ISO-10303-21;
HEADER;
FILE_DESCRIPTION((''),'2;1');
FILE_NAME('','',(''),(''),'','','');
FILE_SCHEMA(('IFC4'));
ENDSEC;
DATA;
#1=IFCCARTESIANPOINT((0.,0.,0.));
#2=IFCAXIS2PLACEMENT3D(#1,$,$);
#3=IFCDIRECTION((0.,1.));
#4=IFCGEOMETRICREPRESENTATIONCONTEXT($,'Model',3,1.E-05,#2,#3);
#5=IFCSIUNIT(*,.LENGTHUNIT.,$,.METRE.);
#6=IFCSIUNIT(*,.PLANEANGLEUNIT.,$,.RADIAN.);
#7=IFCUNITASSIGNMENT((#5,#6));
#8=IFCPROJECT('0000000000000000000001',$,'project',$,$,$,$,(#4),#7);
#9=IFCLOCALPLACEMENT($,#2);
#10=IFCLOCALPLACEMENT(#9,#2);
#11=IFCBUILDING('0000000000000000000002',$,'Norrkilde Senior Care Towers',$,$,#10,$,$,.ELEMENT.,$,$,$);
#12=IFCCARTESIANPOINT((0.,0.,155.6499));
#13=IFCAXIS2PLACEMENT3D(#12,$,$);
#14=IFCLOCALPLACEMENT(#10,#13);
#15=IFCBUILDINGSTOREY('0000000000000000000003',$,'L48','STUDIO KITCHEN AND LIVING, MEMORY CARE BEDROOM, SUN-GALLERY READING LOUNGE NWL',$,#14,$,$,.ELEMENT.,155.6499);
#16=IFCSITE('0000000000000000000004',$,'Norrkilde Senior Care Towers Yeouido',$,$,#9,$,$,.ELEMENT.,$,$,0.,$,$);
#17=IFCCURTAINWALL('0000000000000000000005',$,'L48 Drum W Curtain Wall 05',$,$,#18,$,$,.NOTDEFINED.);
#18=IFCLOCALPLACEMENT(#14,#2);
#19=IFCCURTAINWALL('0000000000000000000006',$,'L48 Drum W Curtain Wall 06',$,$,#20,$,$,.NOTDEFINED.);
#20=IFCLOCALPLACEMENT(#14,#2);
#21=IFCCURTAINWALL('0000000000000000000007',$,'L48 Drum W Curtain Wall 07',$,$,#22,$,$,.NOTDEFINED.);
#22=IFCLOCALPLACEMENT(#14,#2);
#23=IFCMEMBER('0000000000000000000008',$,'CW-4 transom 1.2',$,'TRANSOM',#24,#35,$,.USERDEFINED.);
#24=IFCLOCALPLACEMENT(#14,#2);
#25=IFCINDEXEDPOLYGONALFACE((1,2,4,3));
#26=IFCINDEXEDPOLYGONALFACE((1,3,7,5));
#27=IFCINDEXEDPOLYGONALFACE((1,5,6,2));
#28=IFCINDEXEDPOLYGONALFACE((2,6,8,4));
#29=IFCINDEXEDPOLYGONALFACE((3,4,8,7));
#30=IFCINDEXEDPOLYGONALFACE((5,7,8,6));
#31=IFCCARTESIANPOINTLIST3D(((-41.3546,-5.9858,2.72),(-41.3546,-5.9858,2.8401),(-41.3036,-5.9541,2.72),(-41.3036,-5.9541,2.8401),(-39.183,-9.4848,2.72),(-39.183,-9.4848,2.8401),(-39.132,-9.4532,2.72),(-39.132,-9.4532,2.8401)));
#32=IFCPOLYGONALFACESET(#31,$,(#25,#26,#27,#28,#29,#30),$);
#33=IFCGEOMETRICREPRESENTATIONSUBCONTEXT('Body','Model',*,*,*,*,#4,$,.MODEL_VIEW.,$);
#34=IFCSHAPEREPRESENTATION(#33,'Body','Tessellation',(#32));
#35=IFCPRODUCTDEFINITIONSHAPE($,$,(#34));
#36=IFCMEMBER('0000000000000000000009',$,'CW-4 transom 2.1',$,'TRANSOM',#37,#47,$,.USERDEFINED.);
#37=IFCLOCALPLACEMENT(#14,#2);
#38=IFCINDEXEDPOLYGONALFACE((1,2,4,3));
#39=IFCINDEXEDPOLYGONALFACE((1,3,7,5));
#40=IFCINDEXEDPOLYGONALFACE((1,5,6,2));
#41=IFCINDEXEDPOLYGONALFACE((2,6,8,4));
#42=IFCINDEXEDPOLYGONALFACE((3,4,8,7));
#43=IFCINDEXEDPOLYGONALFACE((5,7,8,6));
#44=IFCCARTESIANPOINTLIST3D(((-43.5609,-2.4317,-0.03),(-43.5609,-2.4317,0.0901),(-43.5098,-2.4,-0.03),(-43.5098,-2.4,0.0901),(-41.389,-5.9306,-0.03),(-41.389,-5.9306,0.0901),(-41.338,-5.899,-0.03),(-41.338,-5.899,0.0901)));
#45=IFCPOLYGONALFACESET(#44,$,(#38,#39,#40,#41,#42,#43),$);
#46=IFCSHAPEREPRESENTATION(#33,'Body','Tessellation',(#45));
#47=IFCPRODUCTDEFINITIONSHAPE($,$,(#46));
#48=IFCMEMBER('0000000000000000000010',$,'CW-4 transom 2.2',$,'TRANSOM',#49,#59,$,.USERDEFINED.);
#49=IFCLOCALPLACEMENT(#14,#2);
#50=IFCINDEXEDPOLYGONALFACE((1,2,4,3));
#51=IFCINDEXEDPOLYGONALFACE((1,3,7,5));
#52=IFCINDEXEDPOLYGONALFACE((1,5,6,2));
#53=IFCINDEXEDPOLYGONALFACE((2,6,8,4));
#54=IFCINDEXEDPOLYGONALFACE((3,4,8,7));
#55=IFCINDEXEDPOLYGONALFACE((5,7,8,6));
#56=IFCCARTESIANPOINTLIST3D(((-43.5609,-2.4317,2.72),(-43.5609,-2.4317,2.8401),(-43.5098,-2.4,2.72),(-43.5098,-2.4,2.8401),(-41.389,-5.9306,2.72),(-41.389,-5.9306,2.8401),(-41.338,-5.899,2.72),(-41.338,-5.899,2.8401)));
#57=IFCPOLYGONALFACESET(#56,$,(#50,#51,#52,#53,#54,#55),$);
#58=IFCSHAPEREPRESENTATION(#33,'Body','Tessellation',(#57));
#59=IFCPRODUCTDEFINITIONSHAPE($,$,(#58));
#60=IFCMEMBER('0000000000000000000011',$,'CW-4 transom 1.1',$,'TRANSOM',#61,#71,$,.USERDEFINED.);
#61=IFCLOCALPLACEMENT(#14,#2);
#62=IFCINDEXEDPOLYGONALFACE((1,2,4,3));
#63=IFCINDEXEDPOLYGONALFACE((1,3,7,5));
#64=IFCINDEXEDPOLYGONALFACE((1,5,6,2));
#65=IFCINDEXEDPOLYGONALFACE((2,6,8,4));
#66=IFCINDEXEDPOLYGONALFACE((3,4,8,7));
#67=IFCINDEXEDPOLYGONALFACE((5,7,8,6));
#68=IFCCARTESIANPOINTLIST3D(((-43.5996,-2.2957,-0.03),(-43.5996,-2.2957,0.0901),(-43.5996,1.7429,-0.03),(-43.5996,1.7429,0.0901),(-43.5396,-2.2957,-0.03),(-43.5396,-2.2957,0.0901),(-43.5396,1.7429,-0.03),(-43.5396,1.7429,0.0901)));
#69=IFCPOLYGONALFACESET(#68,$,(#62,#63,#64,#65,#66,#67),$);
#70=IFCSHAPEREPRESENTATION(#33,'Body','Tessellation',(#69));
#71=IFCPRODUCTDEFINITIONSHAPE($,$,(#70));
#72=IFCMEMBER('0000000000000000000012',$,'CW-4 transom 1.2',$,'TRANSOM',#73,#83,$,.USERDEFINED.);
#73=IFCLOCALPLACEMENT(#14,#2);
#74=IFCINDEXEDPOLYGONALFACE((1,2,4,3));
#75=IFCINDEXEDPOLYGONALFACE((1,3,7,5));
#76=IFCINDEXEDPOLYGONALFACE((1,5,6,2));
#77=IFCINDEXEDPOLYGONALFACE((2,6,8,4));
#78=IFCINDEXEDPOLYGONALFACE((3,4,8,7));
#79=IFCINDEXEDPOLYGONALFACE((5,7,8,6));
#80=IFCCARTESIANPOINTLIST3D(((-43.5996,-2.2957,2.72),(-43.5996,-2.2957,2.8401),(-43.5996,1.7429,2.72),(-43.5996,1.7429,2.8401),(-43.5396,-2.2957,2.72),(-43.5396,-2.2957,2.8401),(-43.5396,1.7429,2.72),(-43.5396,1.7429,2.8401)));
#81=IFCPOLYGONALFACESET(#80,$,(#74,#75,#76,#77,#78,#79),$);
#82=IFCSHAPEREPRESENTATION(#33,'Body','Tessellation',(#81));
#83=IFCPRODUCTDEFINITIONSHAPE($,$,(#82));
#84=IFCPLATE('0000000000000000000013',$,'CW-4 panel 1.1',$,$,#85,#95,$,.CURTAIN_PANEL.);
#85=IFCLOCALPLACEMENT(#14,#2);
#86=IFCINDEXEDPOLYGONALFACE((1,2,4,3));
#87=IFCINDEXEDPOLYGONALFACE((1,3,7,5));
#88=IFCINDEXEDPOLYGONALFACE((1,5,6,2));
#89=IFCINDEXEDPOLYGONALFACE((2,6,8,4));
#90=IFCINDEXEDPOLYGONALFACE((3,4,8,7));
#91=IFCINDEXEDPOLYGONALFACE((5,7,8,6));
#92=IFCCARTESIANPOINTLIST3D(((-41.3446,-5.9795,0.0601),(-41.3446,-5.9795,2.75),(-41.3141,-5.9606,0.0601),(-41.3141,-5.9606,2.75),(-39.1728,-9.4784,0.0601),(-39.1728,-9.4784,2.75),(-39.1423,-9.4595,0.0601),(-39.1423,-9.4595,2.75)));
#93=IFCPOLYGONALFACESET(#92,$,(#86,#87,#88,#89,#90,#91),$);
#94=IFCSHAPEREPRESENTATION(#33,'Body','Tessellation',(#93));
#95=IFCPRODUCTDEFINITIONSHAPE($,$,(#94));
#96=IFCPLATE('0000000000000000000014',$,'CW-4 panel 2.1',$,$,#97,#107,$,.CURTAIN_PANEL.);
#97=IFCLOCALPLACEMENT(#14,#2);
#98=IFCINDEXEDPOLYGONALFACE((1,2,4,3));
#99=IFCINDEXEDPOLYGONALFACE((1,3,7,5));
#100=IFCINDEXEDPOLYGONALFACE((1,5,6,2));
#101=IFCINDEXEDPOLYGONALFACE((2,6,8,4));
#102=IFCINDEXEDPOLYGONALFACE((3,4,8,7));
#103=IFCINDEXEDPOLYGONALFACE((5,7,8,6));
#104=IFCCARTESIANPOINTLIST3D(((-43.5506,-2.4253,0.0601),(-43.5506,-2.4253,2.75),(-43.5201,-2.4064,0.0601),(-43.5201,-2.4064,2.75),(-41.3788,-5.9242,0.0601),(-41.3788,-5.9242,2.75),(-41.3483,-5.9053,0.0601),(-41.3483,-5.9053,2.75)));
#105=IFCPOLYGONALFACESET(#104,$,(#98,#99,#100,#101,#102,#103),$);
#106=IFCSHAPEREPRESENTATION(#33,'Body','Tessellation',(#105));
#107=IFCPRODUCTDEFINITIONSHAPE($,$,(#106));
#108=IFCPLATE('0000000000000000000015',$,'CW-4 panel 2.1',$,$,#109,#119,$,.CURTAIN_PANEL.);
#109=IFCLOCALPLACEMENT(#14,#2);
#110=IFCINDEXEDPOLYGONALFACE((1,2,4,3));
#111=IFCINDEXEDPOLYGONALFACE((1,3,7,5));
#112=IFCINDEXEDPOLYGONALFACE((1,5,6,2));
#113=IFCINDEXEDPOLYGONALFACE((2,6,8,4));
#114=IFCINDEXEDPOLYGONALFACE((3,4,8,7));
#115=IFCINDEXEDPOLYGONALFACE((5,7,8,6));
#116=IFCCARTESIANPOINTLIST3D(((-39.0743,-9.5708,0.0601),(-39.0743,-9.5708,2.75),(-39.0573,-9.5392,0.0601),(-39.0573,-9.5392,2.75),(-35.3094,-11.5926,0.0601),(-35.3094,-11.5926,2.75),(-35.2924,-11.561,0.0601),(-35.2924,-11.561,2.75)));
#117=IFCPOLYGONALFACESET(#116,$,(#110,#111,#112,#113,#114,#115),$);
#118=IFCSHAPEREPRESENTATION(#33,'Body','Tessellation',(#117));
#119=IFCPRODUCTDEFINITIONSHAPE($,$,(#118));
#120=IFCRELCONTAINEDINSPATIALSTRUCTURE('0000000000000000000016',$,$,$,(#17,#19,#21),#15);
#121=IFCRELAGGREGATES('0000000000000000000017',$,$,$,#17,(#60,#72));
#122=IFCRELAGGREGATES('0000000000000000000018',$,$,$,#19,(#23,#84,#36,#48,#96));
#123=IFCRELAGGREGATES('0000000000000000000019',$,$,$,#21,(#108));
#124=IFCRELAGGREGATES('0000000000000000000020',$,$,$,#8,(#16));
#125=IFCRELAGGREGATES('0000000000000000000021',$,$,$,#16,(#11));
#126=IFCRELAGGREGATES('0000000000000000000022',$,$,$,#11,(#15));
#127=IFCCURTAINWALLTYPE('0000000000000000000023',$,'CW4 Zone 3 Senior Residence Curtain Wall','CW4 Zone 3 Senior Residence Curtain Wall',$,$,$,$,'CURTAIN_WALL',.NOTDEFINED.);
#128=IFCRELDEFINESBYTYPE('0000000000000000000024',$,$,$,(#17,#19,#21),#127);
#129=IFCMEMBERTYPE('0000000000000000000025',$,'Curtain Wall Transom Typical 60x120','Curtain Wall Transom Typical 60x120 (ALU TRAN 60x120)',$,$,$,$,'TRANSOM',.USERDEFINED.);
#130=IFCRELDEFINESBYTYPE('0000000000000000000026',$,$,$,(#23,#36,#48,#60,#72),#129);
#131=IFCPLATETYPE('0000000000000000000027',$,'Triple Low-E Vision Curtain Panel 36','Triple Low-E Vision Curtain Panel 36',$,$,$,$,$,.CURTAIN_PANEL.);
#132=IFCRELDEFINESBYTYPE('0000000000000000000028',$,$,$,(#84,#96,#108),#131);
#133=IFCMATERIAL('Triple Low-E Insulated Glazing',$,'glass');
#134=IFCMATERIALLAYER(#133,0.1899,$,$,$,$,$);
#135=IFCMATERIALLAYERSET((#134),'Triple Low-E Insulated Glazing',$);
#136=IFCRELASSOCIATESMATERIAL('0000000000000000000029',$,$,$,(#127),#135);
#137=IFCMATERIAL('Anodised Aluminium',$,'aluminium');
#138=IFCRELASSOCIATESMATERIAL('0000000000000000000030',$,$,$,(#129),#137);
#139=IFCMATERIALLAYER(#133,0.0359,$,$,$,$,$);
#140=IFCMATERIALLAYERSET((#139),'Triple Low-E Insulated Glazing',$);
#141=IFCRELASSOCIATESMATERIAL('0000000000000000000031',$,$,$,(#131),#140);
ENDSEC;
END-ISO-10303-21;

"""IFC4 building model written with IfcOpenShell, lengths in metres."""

from ifc_helpers import new_model, si_unit, direction, frame, origin, origin_2d, place, context, subcontext, project, spatial, rectangle, extrude, source, transform, mapped, material, layer, layer_set, material_profile, profile_set, type_object, type_shapes, element, aggregate, save


model = new_model("IFC4")

# Units and contexts
model_context = context("Model", 3, precision=1e-05, world=origin(), true_north=direction((0.0, 1.0)))
body_context = subcontext(model_context, "Body", "Model", "MODEL_VIEW")
ifc_project = project(units=[si_unit("LENGTHUNIT", "METRE"), si_unit("PLANEANGLEUNIT", "RADIAN")], contexts=[model_context])

# Site, building, storey
site_placement = place(None, origin())
site = spatial("IfcSite", under=ifc_project, at=site_placement, Name="Norrkilde Senior Care Towers Yeouido", CompositionType="ELEMENT", RefElevation=0.0)
building_placement = place(site_placement, origin())
building = spatial("IfcBuilding", under=site, at=building_placement, Name="Norrkilde Senior Care Towers", CompositionType="ELEMENT")
storey_placement = place(building_placement, frame((0.0, 0.0, 155.6499)))
storey = spatial("IfcBuildingStorey", under=building, at=storey_placement, Name="L48", Description="STUDIO KITCHEN AND LIVING, MEMORY CARE BEDROOM, SUN-GALLERY READING LOUNGE NWL", CompositionType="ELEMENT", Elevation=155.6499)

# Curtain wall
ifc_material_1 = material(Name="Triple Low-E Insulated Glazing", Category="glass")
ifc_layer_1 = layer(ifc_material_1, 0.1899)
ifc_layer_set_1 = layer_set([ifc_layer_1], Name="Triple Low-E Insulated Glazing")
curtain_wall_type = type_object("IfcCurtainWallType", Name="CW4 Zone 3 Senior Residence Curtain Wall", Description="CW4 Zone 3 Senior Residence Curtain Wall", ElementType="CURTAIN_WALL", PredefinedType="NOTDEFINED", material=ifc_layer_set_1)
curtain_wall_1_placement = place(storey_placement, origin())
curtain_wall_1 = element("IfcCurtainWall", 1, at=curtain_wall_1_placement, inside=storey, type_object=curtain_wall_type, Name="L48 Drum W Curtain Wall 05", PredefinedType="NOTDEFINED")
ifc_material_2 = material(Name="Anodised Aluminium", Category="aluminium")

# Curtain wall
curtain_wall_2_placement = place(storey_placement, origin())
curtain_wall_2 = element("IfcCurtainWall", 2, at=curtain_wall_2_placement, inside=storey, type_object=curtain_wall_type, Name="L48 Drum W Curtain Wall 06", PredefinedType="NOTDEFINED")

# Curtain wall
curtain_wall_3_placement = place(storey_placement, origin())
curtain_wall_3 = element("IfcCurtainWall", 3, at=curtain_wall_3_placement, inside=storey, type_object=curtain_wall_type, Name="L48 Drum W Curtain Wall 07", PredefinedType="NOTDEFINED")

# Members
ifc_material_profile_1 = material_profile(ifc_material_2, rectangle(XDim=0.0601, YDim=0.1201, at=origin_2d()), Name="ALU TRAN 60x120")
ifc_profile_set_1 = profile_set([ifc_material_profile_1], Name="Anodised Aluminium")
member_type_1 = type_object("IfcMemberType", Name="Curtain Wall Transom Typical 60x120", Description="Curtain Wall Transom Typical 60x120 (ALU TRAN 60x120)", ElementType="TRANSOM", PredefinedType="USERDEFINED", material=ifc_profile_set_1)
shared_shape_1 = source(origin(), body_context, "Body", "SweptSolid", [
    extrude(rectangle(XDim=0.0601, YDim=0.1201, at=origin_2d()), origin(), (0.0, 0.0, 1.0), 4.1182),
])
member_1_placement = place(storey_placement, frame((-39.1575, -9.469, 2.78), z_axis=(-0.527332, 0.849659, 0.0), x_axis=(-0.849659, -0.527332, 0.0)))
member_1 = element("IfcMember", 4, at=member_1_placement, type_object=member_type_1, Name="CW-4 transom 1.2", ObjectType="TRANSOM", PredefinedType="USERDEFINED", context=body_context, shape_type="MappedRepresentation", body=[
    mapped(shared_shape_1, transform((0.0, 0.0, 0.0), x_axis=(1.0, 0.0, 0.0), y_axis=(0.0, 1.0, 0.0), z_axis=(0.0, 0.0, 1.0), scale=1.0)),
])
member_2_placement = place(storey_placement, frame((-41.3635, -5.9148, 0.03), z_axis=(-0.527375, 0.849633, 0.0), x_axis=(-0.849633, -0.527375, 0.0)))
member_2 = element("IfcMember", 5, at=member_2_placement, type_object=member_type_1, Name="CW-4 transom 2.1", ObjectType="TRANSOM", PredefinedType="USERDEFINED", context=body_context, shape_type="MappedRepresentation", body=[
    mapped(shared_shape_1, transform((0.0, 0.0, 0.0), x_axis=(1.0, 0.0, 0.0), y_axis=(0.0, 1.0, 0.0), z_axis=(0.0, 0.0, 1.0), scale=1.0)),
])
member_3_placement = place(storey_placement, frame((-41.3635, -5.9148, 2.78), z_axis=(-0.527375, 0.849633, 0.0), x_axis=(-0.849633, -0.527375, 0.0)))
member_3 = element("IfcMember", 6, at=member_3_placement, type_object=member_type_1, Name="CW-4 transom 2.2", ObjectType="TRANSOM", PredefinedType="USERDEFINED", context=body_context, shape_type="MappedRepresentation", body=[
    mapped(shared_shape_1, transform((0.0, 0.0, 0.0), x_axis=(1.0, 0.0, 0.0), y_axis=(0.0, 1.0, 0.0), z_axis=(0.0, 0.0, 1.0), scale=1.0)),
])
shared_shape_2 = source(origin(), body_context, "Body", "SweptSolid", [
    extrude(rectangle(XDim=0.0601, YDim=0.1201, at=origin_2d()), origin(), (0.0, 0.0, 1.0), 4.0386),
])
type_shapes(member_type_1, [shared_shape_1, shared_shape_2])
member_4_placement = place(storey_placement, frame((-43.5696, -2.2957, 0.03), z_axis=(0.0, 1.0, 0.0), x_axis=(-1.0, 0.0, 0.0)))
member_4 = element("IfcMember", 7, at=member_4_placement, type_object=member_type_1, Name="CW-4 transom 1.1", ObjectType="TRANSOM", PredefinedType="USERDEFINED", context=body_context, shape_type="MappedRepresentation", body=[
    mapped(shared_shape_2, transform((0.0, 0.0, 0.0), x_axis=(1.0, 0.0, 0.0), y_axis=(0.0, 1.0, 0.0), z_axis=(0.0, 0.0, 1.0), scale=1.0)),
])
member_5_placement = place(storey_placement, frame((-43.5696, -2.2957, 2.78), z_axis=(0.0, 1.0, 0.0), x_axis=(-1.0, 0.0, 0.0)))
member_5 = element("IfcMember", 8, at=member_5_placement, type_object=member_type_1, Name="CW-4 transom 1.2", ObjectType="TRANSOM", PredefinedType="USERDEFINED", context=body_context, shape_type="MappedRepresentation", body=[
    mapped(shared_shape_2, transform((0.0, 0.0, 0.0), x_axis=(1.0, 0.0, 0.0), y_axis=(0.0, 1.0, 0.0), z_axis=(0.0, 0.0, 1.0), scale=1.0)),
])
aggregate(curtain_wall_1, [member_4, member_5])

# Plates
ifc_layer_2 = layer(ifc_material_1, 0.0359)
ifc_layer_set_2 = layer_set([ifc_layer_2], Name="Triple Low-E Insulated Glazing")
plate_type = type_object("IfcPlateType", Name="Triple Low-E Vision Curtain Panel 36", Description="Triple Low-E Vision Curtain Panel 36", PredefinedType="CURTAIN_PANEL", material=ifc_layer_set_2)
shared_shape_3 = source(origin(), body_context, "Body", "SweptSolid", [
    extrude(rectangle(XDim=4.1182, YDim=0.0359, at=origin_2d()), origin(), (0.0, 0.0, 1.0), 2.6899),
])
plate_1_placement = place(storey_placement, frame((-40.2434, -7.7195, 0.0601), z_axis=(0.0, 0.0, 1.0), x_axis=(-0.527373, 0.849634, 0.0)))
plate_1 = element("IfcPlate", 9, at=plate_1_placement, type_object=plate_type, Name="CW-4 panel 1.1", PredefinedType="CURTAIN_PANEL", context=body_context, shape_type="MappedRepresentation", body=[
    mapped(shared_shape_3, transform((0.0, 0.0, 0.0), x_axis=(1.0, 0.0, 0.0), y_axis=(0.0, 1.0, 0.0), z_axis=(0.0, 0.0, 1.0), scale=1.0)),
])
plate_2_placement = place(storey_placement, frame((-42.4495, -4.1653, 0.0601), z_axis=(0.0, 0.0, 1.0), x_axis=(-0.527373, 0.849634, 0.0)))
plate_2 = element("IfcPlate", 10, at=plate_2_placement, type_object=plate_type, Name="CW-4 panel 2.1", PredefinedType="CURTAIN_PANEL", context=body_context, shape_type="MappedRepresentation", body=[
    mapped(shared_shape_3, transform((0.0, 0.0, 0.0), x_axis=(1.0, 0.0, 0.0), y_axis=(0.0, 1.0, 0.0), z_axis=(0.0, 0.0, 1.0), scale=1.0)),
])
aggregate(curtain_wall_2, [member_1, plate_1, member_2, member_3, plate_2])
shared_shape_4 = source(origin(), body_context, "Body", "SweptSolid", [
    extrude(rectangle(XDim=4.2734, YDim=0.0359, at=origin_2d()), origin(), (0.0, 0.0, 1.0), 2.6899),
])
type_shapes(plate_type, [shared_shape_3, shared_shape_4])
plate_3_placement = place(storey_placement, frame((-37.1833, -10.5659, 0.0601), z_axis=(0.0, 0.0, 1.0), x_axis=(-0.881, 0.473117, 0.0)))
plate_3 = element("IfcPlate", 11, at=plate_3_placement, type_object=plate_type, Name="CW-4 panel 2.1", PredefinedType="CURTAIN_PANEL", context=body_context, shape_type="MappedRepresentation", body=[
    mapped(shared_shape_4, transform((0.0, 0.0, 0.0), x_axis=(1.0, 0.0, 0.0), y_axis=(0.0, 1.0, 0.0), z_axis=(0.0, 0.0, 1.0), scale=1.0)),
])
aggregate(curtain_wall_3, [plate_3])

save(model, "model.ifc")
